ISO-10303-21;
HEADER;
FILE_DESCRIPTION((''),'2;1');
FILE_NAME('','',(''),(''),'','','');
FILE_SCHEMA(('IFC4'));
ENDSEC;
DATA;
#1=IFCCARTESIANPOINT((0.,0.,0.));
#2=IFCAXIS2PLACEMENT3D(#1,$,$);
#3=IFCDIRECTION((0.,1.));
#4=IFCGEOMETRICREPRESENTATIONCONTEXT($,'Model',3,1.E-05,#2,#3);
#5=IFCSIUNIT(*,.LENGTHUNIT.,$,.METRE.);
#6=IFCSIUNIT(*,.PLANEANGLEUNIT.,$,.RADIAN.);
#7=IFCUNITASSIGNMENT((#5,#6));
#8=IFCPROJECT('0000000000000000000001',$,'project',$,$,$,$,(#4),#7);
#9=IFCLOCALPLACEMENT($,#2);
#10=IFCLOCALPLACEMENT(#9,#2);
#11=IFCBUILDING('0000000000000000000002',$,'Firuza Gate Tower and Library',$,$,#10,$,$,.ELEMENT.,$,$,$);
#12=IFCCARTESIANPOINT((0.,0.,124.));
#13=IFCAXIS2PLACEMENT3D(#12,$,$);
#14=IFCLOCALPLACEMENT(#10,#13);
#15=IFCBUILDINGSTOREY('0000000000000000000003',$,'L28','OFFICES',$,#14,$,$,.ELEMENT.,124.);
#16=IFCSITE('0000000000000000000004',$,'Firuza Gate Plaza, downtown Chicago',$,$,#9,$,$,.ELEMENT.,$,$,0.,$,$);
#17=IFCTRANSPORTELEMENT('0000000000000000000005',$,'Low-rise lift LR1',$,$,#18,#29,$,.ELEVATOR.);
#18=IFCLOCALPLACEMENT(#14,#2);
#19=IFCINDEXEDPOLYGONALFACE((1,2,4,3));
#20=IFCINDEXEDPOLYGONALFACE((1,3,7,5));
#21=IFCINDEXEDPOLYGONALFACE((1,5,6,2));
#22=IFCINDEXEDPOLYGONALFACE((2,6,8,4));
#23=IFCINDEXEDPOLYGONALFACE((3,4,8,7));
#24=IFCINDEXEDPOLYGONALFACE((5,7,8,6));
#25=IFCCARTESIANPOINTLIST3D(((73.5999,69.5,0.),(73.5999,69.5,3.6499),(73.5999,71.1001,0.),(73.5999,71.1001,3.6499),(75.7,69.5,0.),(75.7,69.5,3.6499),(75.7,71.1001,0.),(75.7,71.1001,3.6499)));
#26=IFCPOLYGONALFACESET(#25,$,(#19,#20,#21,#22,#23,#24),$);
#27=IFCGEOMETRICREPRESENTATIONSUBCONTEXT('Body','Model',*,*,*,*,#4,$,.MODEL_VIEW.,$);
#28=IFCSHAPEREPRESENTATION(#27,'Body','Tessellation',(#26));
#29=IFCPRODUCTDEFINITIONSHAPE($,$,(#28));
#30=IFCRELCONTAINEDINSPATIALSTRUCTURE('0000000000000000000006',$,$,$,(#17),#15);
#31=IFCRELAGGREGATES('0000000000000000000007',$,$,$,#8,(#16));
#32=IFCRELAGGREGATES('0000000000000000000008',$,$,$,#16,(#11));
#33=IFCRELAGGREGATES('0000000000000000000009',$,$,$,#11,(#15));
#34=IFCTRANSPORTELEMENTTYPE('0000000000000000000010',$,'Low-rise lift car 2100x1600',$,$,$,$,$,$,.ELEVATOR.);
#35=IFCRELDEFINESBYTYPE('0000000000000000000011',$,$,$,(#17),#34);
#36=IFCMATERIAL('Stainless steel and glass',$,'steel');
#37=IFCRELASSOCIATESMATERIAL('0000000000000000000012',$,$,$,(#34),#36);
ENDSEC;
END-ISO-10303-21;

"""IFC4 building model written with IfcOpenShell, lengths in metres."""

from ifc_helpers import new_model, si_unit, direction, frame, origin, origin_2d, place, context, subcontext, project, spatial, rectangle, extrude, material, type_object, element, save


model = new_model("IFC4")

# Units and contexts
model_context = context("Model", 3, precision=1e-05, world=origin(), true_north=direction((0.0, 1.0)))
body_context = subcontext(model_context, "Body", "Model", "MODEL_VIEW")
ifc_project = project(units=[si_unit("LENGTHUNIT", "METRE"), si_unit("PLANEANGLEUNIT", "RADIAN")], contexts=[model_context])

# Site, building, storey
site_placement = place(None, origin())
site = spatial("IfcSite", under=ifc_project, at=site_placement, Name="Firuza Gate Plaza, downtown Chicago", CompositionType="ELEMENT", RefElevation=0.0)
building_placement = place(site_placement, origin())
building = spatial("IfcBuilding", under=site, at=building_placement, Name="Firuza Gate Tower and Library", CompositionType="ELEMENT")
storey_placement = place(building_placement, frame((0.0, 0.0, 124.0)))
storey = spatial("IfcBuildingStorey", under=building, at=storey_placement, Name="L28", Description="OFFICES", CompositionType="ELEMENT", Elevation=124.0)

# Transport element
ifc_material_1 = material(Name="Stainless steel and glass", Category="steel")
transport_element_type = type_object("IfcTransportElementType", Name="Low-rise lift car 2100x1600", PredefinedType="ELEVATOR", material=ifc_material_1)
transport_element_placement = place(storey_placement, frame((74.6499, 70.3, 0.0), z_axis=(0.0, 0.0, 1.0), x_axis=(1.0, 0.0, 0.0)))
element("IfcTransportElement", 1, at=transport_element_placement, inside=storey, type_object=transport_element_type, Name="Low-rise lift LR1", PredefinedType="ELEVATOR", context=body_context, shape_type="SweptSolid", body=[
    extrude(rectangle(XDim=2.1001, YDim=1.6001, at=origin_2d()), origin(), (0.0, 0.0, 1.0), 3.6499),
])

save(model, "model.ifc")
